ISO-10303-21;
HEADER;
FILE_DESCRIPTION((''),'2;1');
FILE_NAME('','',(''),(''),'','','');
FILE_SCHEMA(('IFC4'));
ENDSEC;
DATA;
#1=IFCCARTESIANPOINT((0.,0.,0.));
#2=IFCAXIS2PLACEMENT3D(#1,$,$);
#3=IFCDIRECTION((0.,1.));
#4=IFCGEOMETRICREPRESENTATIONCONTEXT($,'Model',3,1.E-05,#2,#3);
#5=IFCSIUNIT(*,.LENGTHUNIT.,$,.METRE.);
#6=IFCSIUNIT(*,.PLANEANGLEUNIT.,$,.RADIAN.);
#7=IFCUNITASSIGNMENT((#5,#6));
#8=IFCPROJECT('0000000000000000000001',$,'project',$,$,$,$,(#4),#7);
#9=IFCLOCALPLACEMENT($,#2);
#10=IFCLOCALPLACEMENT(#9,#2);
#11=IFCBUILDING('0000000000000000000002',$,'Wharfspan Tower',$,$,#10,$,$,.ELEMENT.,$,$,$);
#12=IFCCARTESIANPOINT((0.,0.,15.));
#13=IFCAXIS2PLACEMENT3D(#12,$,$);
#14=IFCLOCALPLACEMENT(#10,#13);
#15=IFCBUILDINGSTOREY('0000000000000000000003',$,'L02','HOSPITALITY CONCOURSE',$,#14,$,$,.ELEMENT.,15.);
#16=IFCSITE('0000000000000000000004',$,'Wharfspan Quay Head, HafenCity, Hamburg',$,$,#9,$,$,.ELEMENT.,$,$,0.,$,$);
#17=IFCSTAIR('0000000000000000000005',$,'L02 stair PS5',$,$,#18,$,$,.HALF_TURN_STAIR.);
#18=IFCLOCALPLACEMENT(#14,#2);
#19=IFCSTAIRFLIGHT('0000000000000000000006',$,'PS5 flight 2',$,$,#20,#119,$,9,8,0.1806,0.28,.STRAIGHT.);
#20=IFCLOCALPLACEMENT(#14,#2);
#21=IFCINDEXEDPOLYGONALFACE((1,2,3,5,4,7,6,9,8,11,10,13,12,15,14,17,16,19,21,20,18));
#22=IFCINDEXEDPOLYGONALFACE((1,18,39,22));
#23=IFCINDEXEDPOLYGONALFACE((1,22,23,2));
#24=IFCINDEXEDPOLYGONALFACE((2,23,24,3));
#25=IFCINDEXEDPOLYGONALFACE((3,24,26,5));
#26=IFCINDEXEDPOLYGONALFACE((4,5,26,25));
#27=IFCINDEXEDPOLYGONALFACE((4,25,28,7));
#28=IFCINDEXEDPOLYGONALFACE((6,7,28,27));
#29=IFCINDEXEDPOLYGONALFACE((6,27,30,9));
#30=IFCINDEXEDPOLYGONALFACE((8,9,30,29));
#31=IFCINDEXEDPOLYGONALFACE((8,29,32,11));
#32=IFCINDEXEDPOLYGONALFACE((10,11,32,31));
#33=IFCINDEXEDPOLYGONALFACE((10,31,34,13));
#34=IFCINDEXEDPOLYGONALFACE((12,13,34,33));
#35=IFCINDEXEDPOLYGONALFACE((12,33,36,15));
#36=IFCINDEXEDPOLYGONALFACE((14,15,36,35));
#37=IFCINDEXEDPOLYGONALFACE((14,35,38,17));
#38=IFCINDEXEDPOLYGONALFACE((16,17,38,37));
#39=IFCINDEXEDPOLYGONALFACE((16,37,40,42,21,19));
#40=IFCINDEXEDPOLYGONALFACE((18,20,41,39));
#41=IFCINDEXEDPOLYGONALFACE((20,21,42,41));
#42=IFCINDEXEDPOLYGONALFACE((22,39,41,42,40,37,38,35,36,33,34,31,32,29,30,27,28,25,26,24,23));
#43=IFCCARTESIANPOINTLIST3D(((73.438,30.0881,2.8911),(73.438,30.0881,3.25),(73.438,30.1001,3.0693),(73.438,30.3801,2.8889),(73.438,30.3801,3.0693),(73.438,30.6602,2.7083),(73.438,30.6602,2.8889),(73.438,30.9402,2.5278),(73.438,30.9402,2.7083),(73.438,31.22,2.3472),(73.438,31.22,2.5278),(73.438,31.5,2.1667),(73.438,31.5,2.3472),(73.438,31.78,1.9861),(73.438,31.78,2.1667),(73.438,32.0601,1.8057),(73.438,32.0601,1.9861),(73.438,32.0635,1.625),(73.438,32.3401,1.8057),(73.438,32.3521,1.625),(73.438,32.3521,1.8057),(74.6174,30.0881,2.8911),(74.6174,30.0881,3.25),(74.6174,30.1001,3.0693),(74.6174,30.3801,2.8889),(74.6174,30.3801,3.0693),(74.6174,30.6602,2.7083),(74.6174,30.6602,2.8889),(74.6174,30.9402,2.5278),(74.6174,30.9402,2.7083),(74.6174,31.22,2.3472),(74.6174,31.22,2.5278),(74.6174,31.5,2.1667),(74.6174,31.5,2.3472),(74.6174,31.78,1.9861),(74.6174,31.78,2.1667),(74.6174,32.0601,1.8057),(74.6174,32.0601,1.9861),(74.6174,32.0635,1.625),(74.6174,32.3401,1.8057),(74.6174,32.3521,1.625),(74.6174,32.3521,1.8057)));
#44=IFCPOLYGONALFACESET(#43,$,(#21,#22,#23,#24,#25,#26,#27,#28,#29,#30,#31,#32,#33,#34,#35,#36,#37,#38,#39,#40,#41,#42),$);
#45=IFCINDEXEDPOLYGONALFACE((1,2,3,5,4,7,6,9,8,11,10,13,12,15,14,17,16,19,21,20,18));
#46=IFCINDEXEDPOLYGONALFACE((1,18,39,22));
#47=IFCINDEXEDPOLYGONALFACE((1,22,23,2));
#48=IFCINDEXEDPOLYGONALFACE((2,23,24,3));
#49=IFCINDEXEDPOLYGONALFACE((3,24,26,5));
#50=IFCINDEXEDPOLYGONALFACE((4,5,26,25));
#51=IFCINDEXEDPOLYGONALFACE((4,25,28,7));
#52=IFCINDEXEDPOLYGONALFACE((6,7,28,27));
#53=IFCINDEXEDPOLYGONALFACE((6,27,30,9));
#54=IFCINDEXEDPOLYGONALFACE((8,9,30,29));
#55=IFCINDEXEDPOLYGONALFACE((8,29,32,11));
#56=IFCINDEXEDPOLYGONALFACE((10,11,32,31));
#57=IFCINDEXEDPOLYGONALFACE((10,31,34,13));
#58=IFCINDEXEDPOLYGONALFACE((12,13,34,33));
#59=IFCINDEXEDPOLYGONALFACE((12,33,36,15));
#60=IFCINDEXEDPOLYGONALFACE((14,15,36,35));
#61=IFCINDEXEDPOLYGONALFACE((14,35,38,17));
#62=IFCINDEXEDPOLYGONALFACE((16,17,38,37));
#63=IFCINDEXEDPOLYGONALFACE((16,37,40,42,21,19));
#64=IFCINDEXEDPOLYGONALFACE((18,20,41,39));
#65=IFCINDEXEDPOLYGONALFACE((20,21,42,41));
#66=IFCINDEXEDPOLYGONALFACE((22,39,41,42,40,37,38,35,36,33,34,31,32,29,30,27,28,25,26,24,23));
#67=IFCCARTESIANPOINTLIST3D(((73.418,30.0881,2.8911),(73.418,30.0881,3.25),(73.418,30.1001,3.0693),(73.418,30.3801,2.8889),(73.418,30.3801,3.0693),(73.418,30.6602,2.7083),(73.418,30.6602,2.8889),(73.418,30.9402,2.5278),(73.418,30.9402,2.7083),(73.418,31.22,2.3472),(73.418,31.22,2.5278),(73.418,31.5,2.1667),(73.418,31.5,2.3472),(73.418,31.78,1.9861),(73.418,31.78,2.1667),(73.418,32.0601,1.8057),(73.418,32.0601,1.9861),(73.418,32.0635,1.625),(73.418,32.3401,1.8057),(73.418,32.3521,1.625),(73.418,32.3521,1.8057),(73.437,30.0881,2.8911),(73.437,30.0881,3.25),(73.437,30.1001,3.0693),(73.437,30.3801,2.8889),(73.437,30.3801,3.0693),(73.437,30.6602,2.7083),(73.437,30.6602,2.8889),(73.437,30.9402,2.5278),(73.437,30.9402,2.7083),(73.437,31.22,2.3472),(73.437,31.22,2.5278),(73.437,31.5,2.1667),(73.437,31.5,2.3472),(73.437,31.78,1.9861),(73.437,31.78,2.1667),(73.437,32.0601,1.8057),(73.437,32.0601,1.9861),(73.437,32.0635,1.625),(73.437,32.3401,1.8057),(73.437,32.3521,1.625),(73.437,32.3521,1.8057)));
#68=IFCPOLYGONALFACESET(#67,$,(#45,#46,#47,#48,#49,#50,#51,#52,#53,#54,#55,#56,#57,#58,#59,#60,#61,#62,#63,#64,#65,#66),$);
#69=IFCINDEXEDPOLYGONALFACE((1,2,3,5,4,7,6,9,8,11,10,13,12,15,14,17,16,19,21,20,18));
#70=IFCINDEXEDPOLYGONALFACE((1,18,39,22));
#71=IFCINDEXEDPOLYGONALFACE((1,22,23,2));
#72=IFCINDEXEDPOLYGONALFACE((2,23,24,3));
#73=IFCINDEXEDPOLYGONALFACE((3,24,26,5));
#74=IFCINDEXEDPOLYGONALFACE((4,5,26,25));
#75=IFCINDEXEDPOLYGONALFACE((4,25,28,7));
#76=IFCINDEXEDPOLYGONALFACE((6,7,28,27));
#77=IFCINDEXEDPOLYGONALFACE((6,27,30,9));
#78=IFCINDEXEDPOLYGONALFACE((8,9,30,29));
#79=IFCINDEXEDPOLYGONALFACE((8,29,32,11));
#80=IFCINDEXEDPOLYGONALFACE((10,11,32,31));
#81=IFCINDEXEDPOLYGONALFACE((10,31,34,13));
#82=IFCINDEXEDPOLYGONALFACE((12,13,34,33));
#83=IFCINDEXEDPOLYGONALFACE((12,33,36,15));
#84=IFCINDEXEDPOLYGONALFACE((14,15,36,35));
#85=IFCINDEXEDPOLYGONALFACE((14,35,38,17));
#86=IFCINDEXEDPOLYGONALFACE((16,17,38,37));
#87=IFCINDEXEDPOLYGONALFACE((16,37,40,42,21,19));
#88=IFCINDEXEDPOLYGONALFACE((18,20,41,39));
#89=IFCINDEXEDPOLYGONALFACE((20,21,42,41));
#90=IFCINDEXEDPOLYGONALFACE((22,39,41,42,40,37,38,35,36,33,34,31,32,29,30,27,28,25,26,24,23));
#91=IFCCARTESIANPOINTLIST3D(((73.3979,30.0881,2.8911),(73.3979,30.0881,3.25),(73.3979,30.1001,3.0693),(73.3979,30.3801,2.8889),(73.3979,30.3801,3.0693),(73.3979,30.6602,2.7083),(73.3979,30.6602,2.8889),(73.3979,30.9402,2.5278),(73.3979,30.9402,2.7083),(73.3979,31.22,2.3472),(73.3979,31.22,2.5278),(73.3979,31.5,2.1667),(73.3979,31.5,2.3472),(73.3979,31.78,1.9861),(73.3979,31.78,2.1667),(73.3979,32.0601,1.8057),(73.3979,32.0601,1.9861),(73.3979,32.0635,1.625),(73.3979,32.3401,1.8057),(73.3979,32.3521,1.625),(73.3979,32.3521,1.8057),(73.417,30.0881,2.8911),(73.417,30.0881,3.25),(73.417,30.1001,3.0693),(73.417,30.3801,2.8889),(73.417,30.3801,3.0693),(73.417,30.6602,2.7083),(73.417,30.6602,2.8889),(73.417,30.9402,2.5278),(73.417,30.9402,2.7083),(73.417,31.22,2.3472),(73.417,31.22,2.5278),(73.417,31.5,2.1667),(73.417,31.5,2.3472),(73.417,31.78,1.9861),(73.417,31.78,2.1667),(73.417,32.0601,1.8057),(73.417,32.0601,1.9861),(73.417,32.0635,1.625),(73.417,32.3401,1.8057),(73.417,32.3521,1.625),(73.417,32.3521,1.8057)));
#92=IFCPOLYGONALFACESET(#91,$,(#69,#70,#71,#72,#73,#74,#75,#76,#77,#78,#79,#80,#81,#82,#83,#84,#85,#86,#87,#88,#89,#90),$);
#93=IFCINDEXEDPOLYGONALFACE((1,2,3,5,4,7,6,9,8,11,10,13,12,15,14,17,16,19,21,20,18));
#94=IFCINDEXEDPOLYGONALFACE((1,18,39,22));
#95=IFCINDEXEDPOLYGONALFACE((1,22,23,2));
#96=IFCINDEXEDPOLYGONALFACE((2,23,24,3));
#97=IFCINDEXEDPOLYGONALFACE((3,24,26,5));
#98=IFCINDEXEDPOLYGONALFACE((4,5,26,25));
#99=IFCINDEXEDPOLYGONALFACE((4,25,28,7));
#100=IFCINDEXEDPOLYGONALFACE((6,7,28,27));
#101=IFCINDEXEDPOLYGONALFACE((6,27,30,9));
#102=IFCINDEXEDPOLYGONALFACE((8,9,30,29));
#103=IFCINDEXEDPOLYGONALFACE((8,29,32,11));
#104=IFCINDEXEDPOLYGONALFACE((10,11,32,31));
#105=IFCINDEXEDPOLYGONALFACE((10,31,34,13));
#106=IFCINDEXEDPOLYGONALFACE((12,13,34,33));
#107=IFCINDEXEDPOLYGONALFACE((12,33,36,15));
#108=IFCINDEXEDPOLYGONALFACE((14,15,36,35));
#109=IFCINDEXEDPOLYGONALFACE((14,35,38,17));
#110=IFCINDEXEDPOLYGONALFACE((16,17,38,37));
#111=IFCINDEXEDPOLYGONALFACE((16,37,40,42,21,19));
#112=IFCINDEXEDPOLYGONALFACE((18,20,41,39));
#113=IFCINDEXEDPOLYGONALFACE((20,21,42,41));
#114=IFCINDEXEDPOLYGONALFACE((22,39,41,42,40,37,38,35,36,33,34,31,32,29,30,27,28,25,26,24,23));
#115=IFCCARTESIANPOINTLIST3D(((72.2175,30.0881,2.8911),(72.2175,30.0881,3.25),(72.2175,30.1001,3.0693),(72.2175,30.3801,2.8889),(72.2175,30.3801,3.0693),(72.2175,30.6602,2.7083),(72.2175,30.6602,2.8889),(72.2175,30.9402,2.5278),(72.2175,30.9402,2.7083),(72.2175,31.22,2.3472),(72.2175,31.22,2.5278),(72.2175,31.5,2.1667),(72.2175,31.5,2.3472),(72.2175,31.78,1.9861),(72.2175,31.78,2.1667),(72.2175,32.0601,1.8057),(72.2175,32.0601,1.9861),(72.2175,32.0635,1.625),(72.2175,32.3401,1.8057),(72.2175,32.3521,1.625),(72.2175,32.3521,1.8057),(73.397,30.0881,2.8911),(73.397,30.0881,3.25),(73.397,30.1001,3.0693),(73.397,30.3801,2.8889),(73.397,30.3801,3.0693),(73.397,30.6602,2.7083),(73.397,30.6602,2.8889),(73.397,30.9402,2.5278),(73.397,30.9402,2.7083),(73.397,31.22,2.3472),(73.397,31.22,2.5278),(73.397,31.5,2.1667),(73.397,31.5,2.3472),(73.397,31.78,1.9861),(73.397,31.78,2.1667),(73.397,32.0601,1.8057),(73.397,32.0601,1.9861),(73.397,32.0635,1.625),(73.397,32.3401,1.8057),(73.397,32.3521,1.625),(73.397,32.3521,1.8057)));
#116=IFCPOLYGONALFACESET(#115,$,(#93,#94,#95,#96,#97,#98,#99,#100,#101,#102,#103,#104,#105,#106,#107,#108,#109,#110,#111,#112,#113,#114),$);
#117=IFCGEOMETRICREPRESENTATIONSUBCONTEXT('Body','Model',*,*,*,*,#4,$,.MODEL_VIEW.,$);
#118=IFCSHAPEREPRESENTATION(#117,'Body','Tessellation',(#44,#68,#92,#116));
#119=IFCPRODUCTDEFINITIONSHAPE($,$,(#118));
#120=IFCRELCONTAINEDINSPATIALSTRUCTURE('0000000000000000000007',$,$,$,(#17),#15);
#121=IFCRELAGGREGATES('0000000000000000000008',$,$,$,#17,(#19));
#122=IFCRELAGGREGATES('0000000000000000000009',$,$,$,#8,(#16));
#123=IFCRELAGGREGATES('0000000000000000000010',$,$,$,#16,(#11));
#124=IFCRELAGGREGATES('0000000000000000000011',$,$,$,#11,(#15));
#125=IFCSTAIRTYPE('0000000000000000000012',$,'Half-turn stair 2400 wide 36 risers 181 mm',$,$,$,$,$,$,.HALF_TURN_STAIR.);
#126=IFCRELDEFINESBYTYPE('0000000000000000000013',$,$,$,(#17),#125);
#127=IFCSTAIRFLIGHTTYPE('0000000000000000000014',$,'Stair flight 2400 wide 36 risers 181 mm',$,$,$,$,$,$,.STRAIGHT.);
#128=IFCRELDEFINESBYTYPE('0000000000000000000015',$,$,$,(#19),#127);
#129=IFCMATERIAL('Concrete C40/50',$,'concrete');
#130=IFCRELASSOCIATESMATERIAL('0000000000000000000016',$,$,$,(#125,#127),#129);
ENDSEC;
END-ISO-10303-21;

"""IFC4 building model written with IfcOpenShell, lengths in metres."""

from ifc_helpers import new_model, si_unit, direction, frame, origin, place, context, subcontext, project, spatial, polyline, outline, extrude, material, type_object, element, aggregate, save


model = new_model("IFC4")

# Units and contexts
model_context = context("Model", 3, precision=1e-05, world=origin(), true_north=direction((0.0, 1.0)))
body_context = subcontext(model_context, "Body", "Model", "MODEL_VIEW")
ifc_project = project(units=[si_unit("LENGTHUNIT", "METRE"), si_unit("PLANEANGLEUNIT", "RADIAN")], contexts=[model_context])

# Site, building, storey
site_placement = place(None, origin())
site = spatial("IfcSite", under=ifc_project, at=site_placement, Name="Wharfspan Quay Head, HafenCity, Hamburg", CompositionType="ELEMENT", RefElevation=0.0)
building_placement = place(site_placement, origin())
building = spatial("IfcBuilding", under=site, at=building_placement, Name="Wharfspan Tower", CompositionType="ELEMENT")
storey_placement = place(building_placement, frame((0.0, 0.0, 15.0)))
storey = spatial("IfcBuildingStorey", under=building, at=storey_placement, Name="L02", Description="HOSPITALITY CONCOURSE", CompositionType="ELEMENT", Elevation=15.0)

# Shared definitions
ifc_material_1 = material(Name="Concrete C40/50", Category="concrete")

# Shared definitions
stair_type = type_object("IfcStairType", Name="Half-turn stair 2400 wide 36 risers 181 mm", PredefinedType="HALF_TURN_STAIR", material=ifc_material_1)
stair_flight_type = type_object("IfcStairFlightType", Name="Stair flight 2400 wide 36 risers 181 mm", PredefinedType="STRAIGHT", material=ifc_material_1)

# Stair, stair flight
stair_1_placement = place(storey_placement, origin())
stair_1 = element("IfcStair", 1, at=stair_1_placement, inside=storey, type_object=stair_type, Name="L02 stair PS5", PredefinedType="HALF_TURN_STAIR")
stair_flight_1_placement = place(storey_placement, frame((73.4175, 32.3401, 1.625), z_axis=(0.0, 0.0, 1.0), x_axis=(0.0, -1.0, 0.0)))
stair_flight_1 = element("IfcStairFlight", 2, at=stair_flight_1_placement, type_object=stair_flight_type, Name="PS5 flight 2", NumberOfRisers=9, NumberOfTreads=8, PredefinedType="STRAIGHT", RiserHeight=0.1806, TreadLength=0.28, context=body_context, shape_type="SweptSolid", body=[
    extrude(outline(polyline([(-0.012, 0.0), (-0.012, 0.1807), (0.0, 0.1807), (0.28, 0.1807), (0.28, 0.3611), (0.5601, 0.3611), (0.5601, 0.5417), (0.8401, 0.5417), (0.8401, 0.7222), (1.1201, 0.7222), (1.1201, 0.9028), (1.3999, 0.9028), (1.3999, 1.0833), (1.6799, 1.0833), (1.6799, 1.2639), (1.96, 1.2639), (1.96, 1.4443), (2.24, 1.4443), (2.252, 1.625), (2.252, 1.2661), (0.2766, 0.0), (-0.012, 0.0)])), frame((0.0, 1.2, 0.0), z_axis=(0.0, -1.0, 0.0), x_axis=(1.0, 0.0, 0.0)), (0.0, 0.0, 1.0), 1.1794),
    extrude(outline(polyline([(-0.012, 0.0), (-0.012, 0.1807), (0.0, 0.1807), (0.28, 0.1807), (0.28, 0.3611), (0.5601, 0.3611), (0.5601, 0.5417), (0.8401, 0.5417), (0.8401, 0.7222), (1.1201, 0.7222), (1.1201, 0.9028), (1.3999, 0.9028), (1.3999, 1.0833), (1.6799, 1.0833), (1.6799, 1.2639), (1.96, 1.2639), (1.96, 1.4443), (2.24, 1.4443), (2.252, 1.625), (2.252, 1.2661), (0.2766, 0.0), (-0.012, 0.0)])), frame((0.0, 0.0195, 0.0), z_axis=(0.0, -1.0, 0.0), x_axis=(1.0, 0.0, 0.0)), (0.0, 0.0, 1.0), 0.019),
    extrude(outline(polyline([(-0.012, 0.0), (-0.012, 0.1807), (0.0, 0.1807), (0.28, 0.1807), (0.28, 0.3611), (0.5601, 0.3611), (0.5601, 0.5417), (0.8401, 0.5417), (0.8401, 0.7222), (1.1201, 0.7222), (1.1201, 0.9028), (1.3999, 0.9028), (1.3999, 1.0833), (1.6799, 1.0833), (1.6799, 1.2639), (1.96, 1.2639), (1.96, 1.4443), (2.24, 1.4443), (2.252, 1.625), (2.252, 1.2661), (0.2766, 0.0), (-0.012, 0.0)])), frame((0.0, -0.0005, 0.0), z_axis=(0.0, -1.0, 0.0), x_axis=(1.0, 0.0, 0.0)), (0.0, 0.0, 1.0), 0.019),
    extrude(outline(polyline([(-0.012, 0.0), (-0.012, 0.1807), (0.0, 0.1807), (0.28, 0.1807), (0.28, 0.3611), (0.5601, 0.3611), (0.5601, 0.5417), (0.8401, 0.5417), (0.8401, 0.7222), (1.1201, 0.7222), (1.1201, 0.9028), (1.3999, 0.9028), (1.3999, 1.0833), (1.6799, 1.0833), (1.6799, 1.2639), (1.96, 1.2639), (1.96, 1.4443), (2.24, 1.4443), (2.252, 1.625), (2.252, 1.2661), (0.2766, 0.0), (-0.012, 0.0)])), frame((0.0, -0.0205, 0.0), z_axis=(0.0, -1.0, 0.0), x_axis=(1.0, 0.0, 0.0)), (0.0, 0.0, 1.0), 1.1794),
])
aggregate(stair_1, [stair_flight_1])

save(model, "model.ifc")
